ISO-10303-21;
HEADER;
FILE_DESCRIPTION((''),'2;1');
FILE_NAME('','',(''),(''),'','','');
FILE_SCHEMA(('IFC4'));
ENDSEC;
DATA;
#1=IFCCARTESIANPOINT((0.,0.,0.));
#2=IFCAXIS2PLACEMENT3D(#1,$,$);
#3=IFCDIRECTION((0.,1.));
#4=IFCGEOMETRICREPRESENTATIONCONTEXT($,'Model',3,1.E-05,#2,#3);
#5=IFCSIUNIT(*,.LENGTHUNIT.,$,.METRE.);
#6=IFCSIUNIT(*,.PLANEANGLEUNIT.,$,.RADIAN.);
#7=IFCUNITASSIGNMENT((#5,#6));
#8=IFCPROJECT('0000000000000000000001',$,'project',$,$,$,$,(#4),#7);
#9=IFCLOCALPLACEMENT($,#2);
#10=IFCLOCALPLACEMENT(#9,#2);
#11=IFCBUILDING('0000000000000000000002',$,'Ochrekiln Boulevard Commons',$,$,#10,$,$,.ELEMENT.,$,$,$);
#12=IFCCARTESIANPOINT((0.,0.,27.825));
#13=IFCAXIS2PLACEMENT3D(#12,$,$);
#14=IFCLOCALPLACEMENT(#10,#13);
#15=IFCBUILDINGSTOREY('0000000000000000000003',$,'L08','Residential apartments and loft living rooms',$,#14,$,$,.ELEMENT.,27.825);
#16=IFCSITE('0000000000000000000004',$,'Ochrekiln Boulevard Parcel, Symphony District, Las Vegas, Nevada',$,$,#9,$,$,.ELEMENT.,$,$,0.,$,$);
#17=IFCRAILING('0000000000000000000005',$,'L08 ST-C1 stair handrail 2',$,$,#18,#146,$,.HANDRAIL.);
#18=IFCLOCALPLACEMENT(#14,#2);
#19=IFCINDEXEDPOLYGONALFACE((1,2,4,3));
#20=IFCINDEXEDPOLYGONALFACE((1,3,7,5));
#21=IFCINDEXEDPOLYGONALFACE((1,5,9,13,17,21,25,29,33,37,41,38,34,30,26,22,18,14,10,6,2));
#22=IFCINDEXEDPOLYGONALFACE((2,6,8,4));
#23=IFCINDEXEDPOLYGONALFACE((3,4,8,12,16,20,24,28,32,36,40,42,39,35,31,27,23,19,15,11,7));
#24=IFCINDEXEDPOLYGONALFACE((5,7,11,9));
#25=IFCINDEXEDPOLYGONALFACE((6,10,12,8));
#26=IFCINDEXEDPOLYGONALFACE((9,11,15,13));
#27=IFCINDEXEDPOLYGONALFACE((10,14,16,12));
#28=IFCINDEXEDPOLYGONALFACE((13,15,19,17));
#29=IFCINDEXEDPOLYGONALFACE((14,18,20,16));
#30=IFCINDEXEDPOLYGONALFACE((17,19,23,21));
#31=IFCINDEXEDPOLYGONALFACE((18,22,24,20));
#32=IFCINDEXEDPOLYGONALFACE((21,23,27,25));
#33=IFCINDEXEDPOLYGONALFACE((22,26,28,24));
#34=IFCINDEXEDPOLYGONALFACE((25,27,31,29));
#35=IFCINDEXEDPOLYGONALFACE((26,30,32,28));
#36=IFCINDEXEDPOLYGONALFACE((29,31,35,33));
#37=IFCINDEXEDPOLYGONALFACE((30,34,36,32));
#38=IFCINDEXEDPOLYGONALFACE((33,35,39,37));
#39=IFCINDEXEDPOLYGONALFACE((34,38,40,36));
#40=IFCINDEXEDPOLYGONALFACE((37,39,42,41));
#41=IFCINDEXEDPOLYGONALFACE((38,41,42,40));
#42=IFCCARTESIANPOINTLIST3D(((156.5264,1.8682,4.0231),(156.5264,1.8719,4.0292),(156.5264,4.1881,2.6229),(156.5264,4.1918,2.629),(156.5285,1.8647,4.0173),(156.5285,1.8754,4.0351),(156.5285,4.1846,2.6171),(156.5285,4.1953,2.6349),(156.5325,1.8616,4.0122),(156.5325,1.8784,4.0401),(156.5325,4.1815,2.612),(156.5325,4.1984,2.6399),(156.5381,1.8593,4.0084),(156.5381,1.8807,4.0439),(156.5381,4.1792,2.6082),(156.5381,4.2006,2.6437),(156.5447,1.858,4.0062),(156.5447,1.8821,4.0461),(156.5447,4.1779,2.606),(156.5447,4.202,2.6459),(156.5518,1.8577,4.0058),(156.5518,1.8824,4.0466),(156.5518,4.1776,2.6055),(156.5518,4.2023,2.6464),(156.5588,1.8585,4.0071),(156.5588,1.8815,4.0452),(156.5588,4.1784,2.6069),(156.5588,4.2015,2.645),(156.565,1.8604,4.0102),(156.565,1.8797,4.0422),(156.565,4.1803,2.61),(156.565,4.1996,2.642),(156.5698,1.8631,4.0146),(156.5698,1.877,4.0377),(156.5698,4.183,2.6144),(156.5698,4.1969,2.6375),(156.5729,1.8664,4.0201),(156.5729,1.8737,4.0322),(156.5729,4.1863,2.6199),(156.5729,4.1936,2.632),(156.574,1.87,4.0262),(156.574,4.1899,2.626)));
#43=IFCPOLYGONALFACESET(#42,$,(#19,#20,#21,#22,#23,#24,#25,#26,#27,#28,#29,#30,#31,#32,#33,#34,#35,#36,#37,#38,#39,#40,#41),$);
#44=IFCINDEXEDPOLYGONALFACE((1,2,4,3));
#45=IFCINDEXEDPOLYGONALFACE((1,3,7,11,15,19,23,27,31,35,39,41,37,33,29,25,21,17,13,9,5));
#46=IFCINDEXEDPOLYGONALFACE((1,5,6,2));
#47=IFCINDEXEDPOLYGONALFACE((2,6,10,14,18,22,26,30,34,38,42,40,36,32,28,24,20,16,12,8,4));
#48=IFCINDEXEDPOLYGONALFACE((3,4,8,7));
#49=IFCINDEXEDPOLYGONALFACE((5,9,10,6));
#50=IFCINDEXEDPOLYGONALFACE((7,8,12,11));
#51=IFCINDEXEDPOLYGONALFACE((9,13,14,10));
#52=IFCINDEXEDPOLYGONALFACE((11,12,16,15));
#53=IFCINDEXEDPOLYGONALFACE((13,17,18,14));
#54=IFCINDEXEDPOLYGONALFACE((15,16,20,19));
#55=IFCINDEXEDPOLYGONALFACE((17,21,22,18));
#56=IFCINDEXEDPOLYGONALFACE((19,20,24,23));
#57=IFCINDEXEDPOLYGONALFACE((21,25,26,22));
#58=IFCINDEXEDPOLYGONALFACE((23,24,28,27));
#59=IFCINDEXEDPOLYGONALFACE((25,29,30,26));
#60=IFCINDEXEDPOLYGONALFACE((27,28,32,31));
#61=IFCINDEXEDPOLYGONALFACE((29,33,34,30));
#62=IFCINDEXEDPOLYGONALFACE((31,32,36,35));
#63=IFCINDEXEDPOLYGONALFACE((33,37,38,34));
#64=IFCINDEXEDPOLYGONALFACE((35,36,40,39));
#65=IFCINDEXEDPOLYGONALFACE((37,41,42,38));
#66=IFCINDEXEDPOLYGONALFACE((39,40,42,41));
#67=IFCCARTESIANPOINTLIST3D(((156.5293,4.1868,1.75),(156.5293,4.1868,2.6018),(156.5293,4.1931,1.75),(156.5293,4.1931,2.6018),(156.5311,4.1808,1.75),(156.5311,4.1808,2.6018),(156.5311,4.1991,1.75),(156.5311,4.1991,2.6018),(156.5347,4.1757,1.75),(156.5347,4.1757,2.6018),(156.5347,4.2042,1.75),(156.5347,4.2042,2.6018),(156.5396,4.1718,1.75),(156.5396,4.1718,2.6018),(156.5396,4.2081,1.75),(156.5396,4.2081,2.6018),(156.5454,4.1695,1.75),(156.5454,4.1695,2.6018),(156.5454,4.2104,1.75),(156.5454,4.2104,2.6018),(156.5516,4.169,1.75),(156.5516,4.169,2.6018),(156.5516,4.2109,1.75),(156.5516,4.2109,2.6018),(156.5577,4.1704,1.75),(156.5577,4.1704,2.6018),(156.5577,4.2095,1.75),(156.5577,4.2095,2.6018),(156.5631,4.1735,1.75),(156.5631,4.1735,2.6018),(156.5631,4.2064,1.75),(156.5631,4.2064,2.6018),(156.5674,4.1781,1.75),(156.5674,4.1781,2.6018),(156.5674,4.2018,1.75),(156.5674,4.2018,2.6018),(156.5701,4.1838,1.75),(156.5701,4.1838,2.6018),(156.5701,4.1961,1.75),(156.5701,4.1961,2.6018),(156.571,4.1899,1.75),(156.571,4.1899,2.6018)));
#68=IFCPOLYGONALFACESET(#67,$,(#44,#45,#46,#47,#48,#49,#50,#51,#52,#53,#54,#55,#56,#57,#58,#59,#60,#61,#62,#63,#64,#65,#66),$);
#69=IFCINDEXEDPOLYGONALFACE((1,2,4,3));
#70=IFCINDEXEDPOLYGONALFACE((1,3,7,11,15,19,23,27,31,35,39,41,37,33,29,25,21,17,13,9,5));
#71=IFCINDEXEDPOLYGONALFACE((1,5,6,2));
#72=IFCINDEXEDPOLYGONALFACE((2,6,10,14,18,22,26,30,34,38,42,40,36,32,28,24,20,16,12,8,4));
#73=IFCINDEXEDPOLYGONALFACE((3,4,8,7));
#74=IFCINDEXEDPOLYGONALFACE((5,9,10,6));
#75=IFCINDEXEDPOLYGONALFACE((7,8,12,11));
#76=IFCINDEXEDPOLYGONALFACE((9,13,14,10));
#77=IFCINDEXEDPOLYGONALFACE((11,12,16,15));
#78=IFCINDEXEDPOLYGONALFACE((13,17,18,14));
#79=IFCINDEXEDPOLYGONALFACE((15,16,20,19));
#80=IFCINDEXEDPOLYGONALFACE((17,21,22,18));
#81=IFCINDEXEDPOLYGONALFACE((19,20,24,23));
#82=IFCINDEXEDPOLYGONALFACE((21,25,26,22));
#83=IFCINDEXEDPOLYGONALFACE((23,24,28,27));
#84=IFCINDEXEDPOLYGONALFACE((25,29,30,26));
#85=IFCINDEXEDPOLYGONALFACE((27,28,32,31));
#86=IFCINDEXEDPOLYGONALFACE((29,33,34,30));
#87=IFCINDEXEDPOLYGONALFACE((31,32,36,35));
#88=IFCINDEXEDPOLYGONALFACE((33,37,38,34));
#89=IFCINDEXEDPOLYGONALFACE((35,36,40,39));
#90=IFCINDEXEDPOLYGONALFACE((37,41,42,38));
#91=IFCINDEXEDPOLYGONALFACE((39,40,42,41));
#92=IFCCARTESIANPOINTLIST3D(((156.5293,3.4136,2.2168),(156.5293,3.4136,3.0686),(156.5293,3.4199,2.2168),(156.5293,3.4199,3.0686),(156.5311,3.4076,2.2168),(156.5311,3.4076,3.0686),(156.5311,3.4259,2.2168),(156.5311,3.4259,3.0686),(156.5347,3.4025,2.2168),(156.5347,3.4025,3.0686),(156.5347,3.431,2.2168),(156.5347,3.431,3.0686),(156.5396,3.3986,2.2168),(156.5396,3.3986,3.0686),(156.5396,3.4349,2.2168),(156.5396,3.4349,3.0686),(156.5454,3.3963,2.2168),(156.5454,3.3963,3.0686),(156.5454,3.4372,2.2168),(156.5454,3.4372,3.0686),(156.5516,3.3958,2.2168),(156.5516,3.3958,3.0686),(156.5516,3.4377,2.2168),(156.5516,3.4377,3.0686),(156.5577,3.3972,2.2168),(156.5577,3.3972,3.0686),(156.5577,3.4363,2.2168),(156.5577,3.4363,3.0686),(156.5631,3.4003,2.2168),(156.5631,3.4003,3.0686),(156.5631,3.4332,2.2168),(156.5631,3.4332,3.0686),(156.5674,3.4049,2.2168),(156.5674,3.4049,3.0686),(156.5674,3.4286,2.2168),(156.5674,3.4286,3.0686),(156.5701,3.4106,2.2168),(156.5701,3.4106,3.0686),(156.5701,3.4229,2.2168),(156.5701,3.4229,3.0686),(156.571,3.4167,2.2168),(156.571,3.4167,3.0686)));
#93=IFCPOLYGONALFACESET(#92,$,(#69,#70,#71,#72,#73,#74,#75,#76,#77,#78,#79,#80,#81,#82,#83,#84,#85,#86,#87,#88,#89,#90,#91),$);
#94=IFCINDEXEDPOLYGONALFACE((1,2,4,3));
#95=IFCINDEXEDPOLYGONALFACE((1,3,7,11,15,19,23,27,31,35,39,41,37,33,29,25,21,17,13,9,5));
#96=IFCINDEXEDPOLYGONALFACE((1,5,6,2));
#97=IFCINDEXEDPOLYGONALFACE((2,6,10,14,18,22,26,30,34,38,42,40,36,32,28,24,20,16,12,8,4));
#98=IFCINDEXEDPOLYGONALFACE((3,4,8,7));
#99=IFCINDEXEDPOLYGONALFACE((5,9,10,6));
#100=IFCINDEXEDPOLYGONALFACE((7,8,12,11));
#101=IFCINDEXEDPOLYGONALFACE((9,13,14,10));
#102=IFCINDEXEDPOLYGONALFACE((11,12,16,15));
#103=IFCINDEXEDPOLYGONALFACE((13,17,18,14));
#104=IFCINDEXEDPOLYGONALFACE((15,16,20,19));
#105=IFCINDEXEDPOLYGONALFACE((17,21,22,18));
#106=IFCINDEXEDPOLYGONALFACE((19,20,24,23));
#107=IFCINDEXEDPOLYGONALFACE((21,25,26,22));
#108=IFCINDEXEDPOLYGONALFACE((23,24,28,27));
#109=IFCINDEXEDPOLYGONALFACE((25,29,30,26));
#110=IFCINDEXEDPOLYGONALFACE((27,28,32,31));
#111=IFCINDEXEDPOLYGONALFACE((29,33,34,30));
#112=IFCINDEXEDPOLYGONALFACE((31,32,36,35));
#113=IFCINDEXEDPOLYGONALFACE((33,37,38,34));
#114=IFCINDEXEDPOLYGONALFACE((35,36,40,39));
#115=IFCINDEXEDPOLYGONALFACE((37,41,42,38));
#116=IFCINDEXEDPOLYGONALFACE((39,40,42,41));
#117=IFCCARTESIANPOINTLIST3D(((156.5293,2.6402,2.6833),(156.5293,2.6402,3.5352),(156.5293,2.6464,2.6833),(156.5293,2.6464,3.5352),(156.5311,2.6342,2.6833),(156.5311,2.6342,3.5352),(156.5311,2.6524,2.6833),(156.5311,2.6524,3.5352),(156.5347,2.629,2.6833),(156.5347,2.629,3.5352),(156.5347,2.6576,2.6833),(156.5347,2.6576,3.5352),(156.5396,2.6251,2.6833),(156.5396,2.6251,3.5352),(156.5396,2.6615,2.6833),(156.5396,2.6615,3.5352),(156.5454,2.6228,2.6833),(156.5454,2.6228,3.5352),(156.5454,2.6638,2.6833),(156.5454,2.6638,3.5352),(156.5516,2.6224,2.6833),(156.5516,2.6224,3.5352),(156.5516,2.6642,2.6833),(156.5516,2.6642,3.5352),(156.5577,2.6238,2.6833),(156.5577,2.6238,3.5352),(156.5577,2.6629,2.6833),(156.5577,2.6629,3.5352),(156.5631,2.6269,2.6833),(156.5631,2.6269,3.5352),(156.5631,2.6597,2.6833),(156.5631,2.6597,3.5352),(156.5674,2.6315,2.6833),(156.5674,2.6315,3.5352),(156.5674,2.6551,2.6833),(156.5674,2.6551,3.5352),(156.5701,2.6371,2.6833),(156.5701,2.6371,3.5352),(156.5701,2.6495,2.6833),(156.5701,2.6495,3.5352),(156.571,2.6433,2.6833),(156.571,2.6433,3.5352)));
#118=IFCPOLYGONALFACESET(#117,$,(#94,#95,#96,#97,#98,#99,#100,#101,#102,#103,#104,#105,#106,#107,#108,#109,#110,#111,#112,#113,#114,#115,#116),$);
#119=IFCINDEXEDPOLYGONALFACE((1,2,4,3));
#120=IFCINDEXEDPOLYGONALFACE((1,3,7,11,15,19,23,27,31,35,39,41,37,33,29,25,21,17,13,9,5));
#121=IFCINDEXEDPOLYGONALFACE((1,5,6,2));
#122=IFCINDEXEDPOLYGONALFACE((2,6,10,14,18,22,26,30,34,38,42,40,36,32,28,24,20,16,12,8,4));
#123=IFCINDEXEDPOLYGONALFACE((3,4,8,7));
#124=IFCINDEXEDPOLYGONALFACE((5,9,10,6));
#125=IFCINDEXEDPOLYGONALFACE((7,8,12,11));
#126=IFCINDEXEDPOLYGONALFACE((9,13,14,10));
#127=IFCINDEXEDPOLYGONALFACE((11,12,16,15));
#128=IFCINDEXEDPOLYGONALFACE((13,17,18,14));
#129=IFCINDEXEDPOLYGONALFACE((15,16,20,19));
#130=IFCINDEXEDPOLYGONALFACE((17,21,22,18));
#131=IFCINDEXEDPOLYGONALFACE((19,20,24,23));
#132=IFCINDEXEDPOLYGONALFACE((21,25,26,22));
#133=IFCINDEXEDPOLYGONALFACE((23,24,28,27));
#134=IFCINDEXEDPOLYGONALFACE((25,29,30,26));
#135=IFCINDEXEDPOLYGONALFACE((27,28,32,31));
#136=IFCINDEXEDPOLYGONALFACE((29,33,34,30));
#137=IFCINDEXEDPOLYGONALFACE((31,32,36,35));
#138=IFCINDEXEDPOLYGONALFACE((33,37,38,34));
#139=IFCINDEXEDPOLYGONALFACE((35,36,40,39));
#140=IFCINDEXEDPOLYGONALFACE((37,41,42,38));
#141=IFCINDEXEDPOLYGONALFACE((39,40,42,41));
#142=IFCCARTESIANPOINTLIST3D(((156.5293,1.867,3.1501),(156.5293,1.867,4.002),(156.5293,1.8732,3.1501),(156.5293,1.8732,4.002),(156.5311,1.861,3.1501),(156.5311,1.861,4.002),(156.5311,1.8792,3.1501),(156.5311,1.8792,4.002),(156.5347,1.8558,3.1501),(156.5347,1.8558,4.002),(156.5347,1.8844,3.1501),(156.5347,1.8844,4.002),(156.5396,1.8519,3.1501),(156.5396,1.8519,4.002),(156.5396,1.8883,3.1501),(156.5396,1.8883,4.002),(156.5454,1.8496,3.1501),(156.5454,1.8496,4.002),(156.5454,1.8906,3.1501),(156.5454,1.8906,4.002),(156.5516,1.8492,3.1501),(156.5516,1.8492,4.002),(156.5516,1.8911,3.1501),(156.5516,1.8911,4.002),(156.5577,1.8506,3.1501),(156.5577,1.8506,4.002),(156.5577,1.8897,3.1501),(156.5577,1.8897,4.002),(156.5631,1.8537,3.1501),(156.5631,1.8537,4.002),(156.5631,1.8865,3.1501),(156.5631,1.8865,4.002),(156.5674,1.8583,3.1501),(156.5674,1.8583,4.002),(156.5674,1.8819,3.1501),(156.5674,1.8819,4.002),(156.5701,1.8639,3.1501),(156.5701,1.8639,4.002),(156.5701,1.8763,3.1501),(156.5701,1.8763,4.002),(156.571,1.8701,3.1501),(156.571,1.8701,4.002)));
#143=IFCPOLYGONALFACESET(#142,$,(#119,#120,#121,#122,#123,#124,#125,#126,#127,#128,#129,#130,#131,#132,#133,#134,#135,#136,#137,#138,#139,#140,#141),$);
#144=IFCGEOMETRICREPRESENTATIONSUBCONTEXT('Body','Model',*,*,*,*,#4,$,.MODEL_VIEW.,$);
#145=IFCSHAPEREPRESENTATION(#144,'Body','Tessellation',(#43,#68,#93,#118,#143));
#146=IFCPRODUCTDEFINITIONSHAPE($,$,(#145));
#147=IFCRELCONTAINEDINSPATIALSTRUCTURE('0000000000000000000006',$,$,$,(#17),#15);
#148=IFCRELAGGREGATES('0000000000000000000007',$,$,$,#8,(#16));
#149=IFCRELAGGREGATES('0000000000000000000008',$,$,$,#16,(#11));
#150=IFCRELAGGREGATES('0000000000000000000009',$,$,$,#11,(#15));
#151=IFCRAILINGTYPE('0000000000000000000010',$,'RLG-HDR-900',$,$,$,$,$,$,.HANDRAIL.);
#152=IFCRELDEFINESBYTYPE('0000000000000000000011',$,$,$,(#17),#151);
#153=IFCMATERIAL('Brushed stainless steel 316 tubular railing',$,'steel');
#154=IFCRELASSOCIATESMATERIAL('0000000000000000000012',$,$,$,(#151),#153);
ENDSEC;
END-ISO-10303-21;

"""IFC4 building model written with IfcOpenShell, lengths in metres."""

from ifc_helpers import new_model, si_unit, direction, frame, origin, origin_2d, place, context, subcontext, project, spatial, circle, extrude, material, type_object, element, save


model = new_model("IFC4")

# Units and contexts
model_context = context("Model", 3, precision=1e-05, world=origin(), true_north=direction((0.0, 1.0)))
body_context = subcontext(model_context, "Body", "Model", "MODEL_VIEW")
ifc_project = project(units=[si_unit("LENGTHUNIT", "METRE"), si_unit("PLANEANGLEUNIT", "RADIAN")], contexts=[model_context])

# Site, building, storey
site_placement = place(None, origin())
site = spatial("IfcSite", under=ifc_project, at=site_placement, Name="Ochrekiln Boulevard Parcel, Symphony District, Las Vegas, Nevada", CompositionType="ELEMENT", RefElevation=0.0)
building_placement = place(site_placement, origin())
building = spatial("IfcBuilding", under=site, at=building_placement, Name="Ochrekiln Boulevard Commons", CompositionType="ELEMENT")
storey_placement = place(building_placement, frame((0.0, 0.0, 27.825)))
storey = spatial("IfcBuildingStorey", under=building, at=storey_placement, Name="L08", Description="Residential apartments and loft living rooms", CompositionType="ELEMENT", Elevation=27.825)

# Railing
ifc_material_1 = material(Name="Brushed stainless steel 316 tubular railing", Category="steel")
railing_type_1 = type_object("IfcRailingType", Name="RLG-HDR-900", PredefinedType="HANDRAIL", material=ifc_material_1)
railing_1_placement = place(storey_placement, frame((156.55, 4.1899, 1.75)))
element("IfcRailing", 1, at=railing_1_placement, inside=storey, type_object=railing_type_1, Name="L08 ST-C1 stair handrail 2", PredefinedType="HANDRAIL", context=body_context, shape_type="SweptSolid", body=[
    extrude(circle(Radius=0.0239, at=origin_2d()), frame((0.0, 0.0, 0.876), z_axis=(0.0, -0.856146, 0.516733), x_axis=(1.0, 0.0, 0.0)), (0.0, 0.0, 1.0), 2.7097),
    extrude(circle(Radius=0.021, at=origin_2d()), origin(), (0.0, 0.0, 1.0), 0.8518),
    extrude(circle(Radius=0.021, at=origin_2d()), frame((0.0, -0.7732, 0.4668)), (0.0, 0.0, 1.0), 0.8518),
    extrude(circle(Radius=0.021, at=origin_2d()), frame((0.0, -1.5466, 0.9333)), (0.0, 0.0, 1.0), 0.8518),
    extrude(circle(Radius=0.021, at=origin_2d()), frame((0.0, -2.3198, 1.4001)), (0.0, 0.0, 1.0), 0.8518),
])

save(model, "model.ifc")
